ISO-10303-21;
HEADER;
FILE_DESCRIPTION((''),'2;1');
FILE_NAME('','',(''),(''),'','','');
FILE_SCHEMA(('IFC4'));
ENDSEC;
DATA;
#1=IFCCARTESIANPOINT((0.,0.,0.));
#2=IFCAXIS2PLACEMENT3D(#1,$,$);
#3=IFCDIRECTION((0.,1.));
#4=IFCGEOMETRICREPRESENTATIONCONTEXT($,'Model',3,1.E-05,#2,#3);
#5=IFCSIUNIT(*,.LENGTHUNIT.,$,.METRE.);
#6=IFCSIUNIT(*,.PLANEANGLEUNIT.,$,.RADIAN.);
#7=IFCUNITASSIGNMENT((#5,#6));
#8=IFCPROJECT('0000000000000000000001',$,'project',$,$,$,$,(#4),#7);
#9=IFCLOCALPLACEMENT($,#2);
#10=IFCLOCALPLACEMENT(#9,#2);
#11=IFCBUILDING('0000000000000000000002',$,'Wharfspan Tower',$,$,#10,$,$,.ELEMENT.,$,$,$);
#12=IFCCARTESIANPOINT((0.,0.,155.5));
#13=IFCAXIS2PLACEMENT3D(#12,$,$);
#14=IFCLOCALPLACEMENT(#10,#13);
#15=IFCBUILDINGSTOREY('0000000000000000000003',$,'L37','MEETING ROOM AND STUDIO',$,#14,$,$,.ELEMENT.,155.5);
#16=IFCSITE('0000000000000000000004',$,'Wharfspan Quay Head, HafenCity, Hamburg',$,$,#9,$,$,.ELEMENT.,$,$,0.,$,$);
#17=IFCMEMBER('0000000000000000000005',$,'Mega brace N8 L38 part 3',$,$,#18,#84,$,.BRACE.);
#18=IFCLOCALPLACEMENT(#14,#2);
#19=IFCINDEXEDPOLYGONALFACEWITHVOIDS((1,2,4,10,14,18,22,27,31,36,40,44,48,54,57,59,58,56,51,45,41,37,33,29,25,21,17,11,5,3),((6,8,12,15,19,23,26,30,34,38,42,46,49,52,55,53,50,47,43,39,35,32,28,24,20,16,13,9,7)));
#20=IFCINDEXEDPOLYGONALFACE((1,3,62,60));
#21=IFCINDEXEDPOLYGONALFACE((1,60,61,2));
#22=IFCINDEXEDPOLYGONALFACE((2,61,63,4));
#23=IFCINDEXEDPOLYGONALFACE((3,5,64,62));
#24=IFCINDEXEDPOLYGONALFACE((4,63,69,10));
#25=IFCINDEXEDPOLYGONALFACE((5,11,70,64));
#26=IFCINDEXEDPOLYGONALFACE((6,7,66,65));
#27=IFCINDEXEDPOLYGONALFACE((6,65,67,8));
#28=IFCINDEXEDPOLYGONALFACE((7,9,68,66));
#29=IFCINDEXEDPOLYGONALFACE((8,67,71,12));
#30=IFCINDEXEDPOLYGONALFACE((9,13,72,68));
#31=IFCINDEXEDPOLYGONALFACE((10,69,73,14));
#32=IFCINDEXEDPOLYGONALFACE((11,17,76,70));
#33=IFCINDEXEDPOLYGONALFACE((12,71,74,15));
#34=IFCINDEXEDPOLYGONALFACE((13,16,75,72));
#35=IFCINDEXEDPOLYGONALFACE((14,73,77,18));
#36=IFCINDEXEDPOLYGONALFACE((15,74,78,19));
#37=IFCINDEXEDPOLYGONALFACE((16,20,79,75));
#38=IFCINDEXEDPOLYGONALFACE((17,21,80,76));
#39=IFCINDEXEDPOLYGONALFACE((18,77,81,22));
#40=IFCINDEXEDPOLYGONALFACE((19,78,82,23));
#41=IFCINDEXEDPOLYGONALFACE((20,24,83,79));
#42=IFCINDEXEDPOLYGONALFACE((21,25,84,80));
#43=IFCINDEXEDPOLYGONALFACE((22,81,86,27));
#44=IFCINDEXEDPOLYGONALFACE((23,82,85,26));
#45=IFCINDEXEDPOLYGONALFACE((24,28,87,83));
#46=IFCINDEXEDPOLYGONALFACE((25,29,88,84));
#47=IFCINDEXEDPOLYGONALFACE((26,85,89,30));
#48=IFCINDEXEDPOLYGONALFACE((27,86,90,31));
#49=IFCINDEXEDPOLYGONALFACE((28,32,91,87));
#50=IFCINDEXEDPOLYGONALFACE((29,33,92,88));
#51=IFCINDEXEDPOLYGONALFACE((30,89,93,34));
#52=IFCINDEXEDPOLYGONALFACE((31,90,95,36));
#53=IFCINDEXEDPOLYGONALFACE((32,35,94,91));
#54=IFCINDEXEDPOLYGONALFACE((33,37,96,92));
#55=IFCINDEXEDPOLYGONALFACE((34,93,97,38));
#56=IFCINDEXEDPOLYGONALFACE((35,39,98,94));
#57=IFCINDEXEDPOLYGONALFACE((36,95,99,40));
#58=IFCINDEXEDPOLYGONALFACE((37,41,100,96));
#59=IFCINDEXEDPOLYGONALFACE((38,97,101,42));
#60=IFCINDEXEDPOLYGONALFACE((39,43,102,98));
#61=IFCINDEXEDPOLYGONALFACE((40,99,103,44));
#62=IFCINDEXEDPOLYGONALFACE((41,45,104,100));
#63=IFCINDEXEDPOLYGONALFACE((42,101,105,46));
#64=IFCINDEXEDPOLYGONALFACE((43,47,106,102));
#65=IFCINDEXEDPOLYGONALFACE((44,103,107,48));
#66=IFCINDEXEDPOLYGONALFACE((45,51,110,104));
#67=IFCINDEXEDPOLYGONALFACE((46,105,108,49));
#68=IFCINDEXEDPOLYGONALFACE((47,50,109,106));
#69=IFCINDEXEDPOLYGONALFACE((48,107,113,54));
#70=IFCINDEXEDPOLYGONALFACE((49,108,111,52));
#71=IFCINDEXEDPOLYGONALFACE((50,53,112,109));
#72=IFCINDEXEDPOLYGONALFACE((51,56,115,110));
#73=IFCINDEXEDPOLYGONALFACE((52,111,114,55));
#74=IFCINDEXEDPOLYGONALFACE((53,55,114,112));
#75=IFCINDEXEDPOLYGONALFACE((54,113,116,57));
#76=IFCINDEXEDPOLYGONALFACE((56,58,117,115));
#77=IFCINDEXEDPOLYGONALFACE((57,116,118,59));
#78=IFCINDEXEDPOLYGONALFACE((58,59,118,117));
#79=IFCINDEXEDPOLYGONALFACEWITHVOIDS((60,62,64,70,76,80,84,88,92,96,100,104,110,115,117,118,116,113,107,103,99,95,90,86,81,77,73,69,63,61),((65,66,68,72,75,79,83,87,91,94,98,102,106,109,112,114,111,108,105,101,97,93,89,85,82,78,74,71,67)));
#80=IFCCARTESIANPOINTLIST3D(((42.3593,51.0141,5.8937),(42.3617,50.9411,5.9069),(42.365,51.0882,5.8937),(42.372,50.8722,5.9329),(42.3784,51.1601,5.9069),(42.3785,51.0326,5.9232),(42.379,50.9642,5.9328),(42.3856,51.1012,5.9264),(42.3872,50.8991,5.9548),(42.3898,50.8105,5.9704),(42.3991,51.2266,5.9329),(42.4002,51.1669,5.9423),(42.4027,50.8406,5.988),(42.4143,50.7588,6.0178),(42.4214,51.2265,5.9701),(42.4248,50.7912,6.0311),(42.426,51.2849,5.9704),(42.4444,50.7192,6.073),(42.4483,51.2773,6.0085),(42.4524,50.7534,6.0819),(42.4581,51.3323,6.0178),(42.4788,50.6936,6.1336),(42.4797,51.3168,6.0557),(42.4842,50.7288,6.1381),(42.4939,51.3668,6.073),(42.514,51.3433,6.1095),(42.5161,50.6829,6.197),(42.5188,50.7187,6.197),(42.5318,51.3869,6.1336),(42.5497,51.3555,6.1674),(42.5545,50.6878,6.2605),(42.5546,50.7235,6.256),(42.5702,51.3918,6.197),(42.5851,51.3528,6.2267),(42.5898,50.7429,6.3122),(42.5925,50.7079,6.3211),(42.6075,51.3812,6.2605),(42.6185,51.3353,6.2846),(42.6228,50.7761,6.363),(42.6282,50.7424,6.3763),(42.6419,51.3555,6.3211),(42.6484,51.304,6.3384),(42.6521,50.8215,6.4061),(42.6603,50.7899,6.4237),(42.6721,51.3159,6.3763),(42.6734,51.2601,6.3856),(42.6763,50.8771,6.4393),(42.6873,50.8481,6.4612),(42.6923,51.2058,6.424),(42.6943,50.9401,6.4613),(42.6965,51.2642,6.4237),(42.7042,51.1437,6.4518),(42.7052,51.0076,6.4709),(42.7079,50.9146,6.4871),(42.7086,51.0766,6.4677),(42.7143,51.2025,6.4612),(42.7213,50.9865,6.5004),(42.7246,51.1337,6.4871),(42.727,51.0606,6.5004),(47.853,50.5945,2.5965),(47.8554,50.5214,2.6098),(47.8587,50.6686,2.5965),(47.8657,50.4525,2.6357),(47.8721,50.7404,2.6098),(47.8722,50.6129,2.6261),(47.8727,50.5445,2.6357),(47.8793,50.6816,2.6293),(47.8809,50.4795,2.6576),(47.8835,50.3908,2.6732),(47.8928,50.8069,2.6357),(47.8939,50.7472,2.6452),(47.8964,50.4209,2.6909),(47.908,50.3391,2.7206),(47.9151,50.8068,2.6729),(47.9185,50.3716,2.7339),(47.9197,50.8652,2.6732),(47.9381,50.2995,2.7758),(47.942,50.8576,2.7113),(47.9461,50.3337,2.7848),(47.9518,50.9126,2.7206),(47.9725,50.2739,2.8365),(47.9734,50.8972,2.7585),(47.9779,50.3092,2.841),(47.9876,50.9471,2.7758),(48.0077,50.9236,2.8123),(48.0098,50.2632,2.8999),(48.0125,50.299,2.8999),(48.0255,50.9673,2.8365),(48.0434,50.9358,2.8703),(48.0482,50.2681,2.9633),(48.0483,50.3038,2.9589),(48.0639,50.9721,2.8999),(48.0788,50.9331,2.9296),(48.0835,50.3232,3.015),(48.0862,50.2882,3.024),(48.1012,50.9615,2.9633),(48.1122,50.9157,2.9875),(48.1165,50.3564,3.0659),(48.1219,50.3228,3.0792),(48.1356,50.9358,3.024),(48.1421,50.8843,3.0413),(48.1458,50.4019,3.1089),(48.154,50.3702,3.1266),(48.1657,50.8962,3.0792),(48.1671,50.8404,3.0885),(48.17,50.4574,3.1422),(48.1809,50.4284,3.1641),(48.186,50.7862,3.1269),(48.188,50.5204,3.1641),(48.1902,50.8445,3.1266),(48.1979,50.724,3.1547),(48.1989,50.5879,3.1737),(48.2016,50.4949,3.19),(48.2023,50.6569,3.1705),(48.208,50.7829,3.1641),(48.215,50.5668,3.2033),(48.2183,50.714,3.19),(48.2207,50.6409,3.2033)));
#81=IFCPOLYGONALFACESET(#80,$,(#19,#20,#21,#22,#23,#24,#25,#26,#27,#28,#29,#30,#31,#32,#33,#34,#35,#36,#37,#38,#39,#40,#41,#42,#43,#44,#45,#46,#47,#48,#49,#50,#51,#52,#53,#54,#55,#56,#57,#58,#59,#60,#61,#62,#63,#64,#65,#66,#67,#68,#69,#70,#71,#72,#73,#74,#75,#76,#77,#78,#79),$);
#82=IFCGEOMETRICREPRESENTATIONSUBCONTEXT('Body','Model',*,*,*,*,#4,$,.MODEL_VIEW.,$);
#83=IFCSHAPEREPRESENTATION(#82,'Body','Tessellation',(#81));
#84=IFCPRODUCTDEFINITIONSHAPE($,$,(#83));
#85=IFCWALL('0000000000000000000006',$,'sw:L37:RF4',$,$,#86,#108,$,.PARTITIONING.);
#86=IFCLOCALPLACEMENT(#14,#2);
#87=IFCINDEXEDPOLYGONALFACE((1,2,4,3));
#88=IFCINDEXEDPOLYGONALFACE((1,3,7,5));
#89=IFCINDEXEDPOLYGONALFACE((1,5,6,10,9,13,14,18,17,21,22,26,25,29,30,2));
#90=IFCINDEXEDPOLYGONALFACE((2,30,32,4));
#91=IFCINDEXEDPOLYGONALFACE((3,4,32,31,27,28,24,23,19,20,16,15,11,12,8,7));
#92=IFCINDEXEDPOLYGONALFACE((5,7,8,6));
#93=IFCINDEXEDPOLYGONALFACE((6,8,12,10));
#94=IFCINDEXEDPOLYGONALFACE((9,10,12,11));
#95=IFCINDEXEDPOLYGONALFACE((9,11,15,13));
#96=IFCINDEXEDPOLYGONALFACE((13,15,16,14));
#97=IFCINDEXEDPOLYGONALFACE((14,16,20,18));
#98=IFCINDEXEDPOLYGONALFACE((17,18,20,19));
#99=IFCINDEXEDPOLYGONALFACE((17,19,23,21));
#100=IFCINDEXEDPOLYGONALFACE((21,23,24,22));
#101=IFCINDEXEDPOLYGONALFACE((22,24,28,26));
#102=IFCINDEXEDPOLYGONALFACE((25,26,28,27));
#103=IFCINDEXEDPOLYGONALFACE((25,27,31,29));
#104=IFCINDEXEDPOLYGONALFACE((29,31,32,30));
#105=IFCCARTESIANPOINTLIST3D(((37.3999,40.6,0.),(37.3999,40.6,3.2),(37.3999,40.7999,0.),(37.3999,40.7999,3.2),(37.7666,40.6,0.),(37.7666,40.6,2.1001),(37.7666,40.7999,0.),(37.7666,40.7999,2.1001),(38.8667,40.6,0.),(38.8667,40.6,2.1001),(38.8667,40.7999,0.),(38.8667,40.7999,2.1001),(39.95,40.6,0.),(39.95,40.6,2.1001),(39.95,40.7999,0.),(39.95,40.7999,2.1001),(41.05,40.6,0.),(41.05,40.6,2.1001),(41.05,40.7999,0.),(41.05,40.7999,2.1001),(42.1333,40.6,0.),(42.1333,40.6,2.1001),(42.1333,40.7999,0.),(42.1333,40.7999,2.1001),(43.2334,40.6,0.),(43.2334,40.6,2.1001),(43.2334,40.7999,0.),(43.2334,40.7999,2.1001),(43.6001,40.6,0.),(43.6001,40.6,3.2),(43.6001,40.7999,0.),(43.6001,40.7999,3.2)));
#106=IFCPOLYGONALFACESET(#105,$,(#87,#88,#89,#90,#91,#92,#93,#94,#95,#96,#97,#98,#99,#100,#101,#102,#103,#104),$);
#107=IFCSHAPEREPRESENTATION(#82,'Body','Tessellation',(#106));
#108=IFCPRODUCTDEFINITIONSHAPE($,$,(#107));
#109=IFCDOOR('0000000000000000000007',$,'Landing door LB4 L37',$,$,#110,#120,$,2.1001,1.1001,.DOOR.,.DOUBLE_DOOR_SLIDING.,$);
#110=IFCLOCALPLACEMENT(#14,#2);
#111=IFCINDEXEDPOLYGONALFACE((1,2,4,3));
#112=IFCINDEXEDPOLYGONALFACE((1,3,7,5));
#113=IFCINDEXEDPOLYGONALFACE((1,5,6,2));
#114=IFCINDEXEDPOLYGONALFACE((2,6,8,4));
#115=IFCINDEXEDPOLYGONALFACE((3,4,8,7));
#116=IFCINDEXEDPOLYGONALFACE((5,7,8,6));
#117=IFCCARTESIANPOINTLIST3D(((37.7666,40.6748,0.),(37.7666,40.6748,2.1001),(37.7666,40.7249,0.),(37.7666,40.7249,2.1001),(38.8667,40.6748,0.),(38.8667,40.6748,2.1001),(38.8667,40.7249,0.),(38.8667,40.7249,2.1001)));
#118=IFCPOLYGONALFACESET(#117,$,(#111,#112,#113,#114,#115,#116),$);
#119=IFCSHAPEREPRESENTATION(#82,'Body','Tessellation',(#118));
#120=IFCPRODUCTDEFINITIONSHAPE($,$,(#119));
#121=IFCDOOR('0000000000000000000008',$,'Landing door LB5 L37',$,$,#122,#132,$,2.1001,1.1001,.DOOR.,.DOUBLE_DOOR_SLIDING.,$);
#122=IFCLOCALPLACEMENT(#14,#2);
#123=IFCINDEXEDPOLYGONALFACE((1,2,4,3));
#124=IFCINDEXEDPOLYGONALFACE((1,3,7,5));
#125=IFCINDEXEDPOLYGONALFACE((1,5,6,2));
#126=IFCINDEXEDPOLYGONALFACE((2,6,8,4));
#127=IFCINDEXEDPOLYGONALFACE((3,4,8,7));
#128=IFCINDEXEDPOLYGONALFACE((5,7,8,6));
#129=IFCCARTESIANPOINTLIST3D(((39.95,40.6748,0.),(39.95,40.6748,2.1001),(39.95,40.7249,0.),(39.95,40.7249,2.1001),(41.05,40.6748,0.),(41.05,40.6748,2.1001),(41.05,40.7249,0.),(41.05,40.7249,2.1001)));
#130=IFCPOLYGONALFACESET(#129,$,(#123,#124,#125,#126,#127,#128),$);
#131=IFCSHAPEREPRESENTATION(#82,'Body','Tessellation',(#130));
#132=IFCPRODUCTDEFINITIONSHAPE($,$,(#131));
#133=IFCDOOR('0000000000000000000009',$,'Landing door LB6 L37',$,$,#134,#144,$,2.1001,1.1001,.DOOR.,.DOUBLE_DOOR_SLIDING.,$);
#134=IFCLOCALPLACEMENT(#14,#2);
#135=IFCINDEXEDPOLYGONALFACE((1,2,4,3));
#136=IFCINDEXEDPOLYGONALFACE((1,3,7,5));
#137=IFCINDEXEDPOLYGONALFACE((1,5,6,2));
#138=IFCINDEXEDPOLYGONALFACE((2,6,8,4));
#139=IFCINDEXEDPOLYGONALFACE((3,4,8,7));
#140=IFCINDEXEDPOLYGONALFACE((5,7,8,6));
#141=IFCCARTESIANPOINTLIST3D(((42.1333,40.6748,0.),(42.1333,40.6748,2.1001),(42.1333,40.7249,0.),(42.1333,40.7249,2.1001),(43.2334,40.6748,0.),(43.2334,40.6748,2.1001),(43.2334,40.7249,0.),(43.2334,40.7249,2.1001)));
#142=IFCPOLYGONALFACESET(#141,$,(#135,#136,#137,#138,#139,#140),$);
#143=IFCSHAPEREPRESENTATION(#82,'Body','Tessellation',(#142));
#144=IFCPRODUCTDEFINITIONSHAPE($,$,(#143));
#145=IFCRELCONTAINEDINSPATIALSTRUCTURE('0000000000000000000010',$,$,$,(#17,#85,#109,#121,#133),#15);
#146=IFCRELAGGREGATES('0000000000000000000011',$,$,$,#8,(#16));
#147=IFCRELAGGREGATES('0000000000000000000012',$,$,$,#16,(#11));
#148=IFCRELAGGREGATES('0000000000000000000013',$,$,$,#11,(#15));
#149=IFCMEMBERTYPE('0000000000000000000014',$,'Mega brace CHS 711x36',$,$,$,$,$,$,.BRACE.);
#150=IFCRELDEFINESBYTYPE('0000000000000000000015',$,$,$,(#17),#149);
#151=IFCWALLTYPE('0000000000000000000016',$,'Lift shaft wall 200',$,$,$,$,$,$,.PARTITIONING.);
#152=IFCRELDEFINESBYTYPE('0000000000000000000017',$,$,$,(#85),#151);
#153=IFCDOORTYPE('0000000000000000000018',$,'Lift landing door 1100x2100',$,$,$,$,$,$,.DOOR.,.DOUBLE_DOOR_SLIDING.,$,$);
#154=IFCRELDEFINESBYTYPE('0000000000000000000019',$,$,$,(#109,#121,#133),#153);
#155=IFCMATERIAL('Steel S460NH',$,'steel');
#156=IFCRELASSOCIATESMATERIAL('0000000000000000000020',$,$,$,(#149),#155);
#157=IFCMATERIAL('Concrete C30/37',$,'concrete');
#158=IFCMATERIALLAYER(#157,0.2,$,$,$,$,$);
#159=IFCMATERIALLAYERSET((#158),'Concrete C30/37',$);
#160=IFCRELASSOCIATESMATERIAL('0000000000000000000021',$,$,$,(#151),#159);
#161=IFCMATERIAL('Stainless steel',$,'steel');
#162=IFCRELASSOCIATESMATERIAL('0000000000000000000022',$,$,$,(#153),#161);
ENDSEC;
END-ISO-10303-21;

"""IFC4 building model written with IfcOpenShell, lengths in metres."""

from ifc_helpers import new_model, si_unit, direction, frame, frame_2d, origin, origin_2d, place, context, subcontext, project, spatial, rectangle, hollow_circle, extrude, material, layer, layer_set, material_profile, profile_set, type_object, element, fill, save


model = new_model("IFC4")

# Units and contexts
model_context = context("Model", 3, precision=1e-05, world=origin(), true_north=direction((0.0, 1.0)))
body_context = subcontext(model_context, "Body", "Model", "MODEL_VIEW")
ifc_project = project(units=[si_unit("LENGTHUNIT", "METRE"), si_unit("PLANEANGLEUNIT", "RADIAN")], contexts=[model_context])

# Site, building, storey
site_placement = place(None, origin())
site = spatial("IfcSite", under=ifc_project, at=site_placement, Name="Wharfspan Quay Head, HafenCity, Hamburg", CompositionType="ELEMENT", RefElevation=0.0)
building_placement = place(site_placement, origin())
building = spatial("IfcBuilding", under=site, at=building_placement, Name="Wharfspan Tower", CompositionType="ELEMENT")
storey_placement = place(building_placement, frame((0.0, 0.0, 155.5)))
storey = spatial("IfcBuildingStorey", under=building, at=storey_placement, Name="L37", Description="MEETING ROOM AND STUDIO", CompositionType="ELEMENT", Elevation=155.5)

# Member
ifc_material_1 = material(Name="Steel S460NH", Category="steel")
ifc_material_profile_1 = material_profile(ifc_material_1, hollow_circle(Radius=0.3555, WallThickness=0.0359, at=origin_2d()))
ifc_profile_set_1 = profile_set([ifc_material_profile_1], Name="Steel S460NH")
member_type_1 = type_object("IfcMemberType", Name="Mega brace CHS 711x36", PredefinedType="BRACE", material=ifc_profile_set_1)
for number, where, z_axis, x_axis, name in (
    (1, (48.0369, 50.6177, 2.8999), (-0.855596, 0.065362, 0.513502), (-0.076171, -0.997095, 0.000001), "Mega brace N8 L38 part 3"),
):
    element("IfcMember", number, at=place(storey_placement, frame(where, z_axis=z_axis, x_axis=x_axis)), inside=storey, type_object=member_type_1, Name=name, PredefinedType="BRACE", context=body_context, shape_type="SweptSolid", body=[
        extrude(hollow_circle(Radius=0.3555, WallThickness=0.0359, at=origin_2d()), origin(), (0.0, 0.0, 1.0), 6.4209),
    ])

# Wall, openings, doors
ifc_material_2 = material(Name="Concrete C30/37", Category="concrete")
ifc_layer_1 = layer(ifc_material_2, 0.2)
ifc_layer_set_1 = layer_set([ifc_layer_1], Name="Concrete C30/37")
wall_type_1 = type_object("IfcWallType", Name="Lift shaft wall 200", PredefinedType="PARTITIONING", material=ifc_layer_set_1)
wall_1_placement = place(storey_placement, frame((37.3999, 40.7, 0.0), z_axis=(0.0, 0.0, 1.0), x_axis=(1.0, 0.0, 0.0)))
wall_1 = element("IfcWall", 2, at=wall_1_placement, inside=storey, type_object=wall_type_1, Name="sw:L37:RF4", PredefinedType="PARTITIONING", context=body_context, shape_type="SweptSolid", body=[
    extrude(rectangle(XDim=6.2002, YDim=0.2, at=frame_2d((3.1001, 0.0))), origin(), (0.0, 0.0, 1.0), 3.2),
])
opening_1_placement = place(wall_1_placement, frame((0.3667, 0.0, 0.0)))
opening_1 = element("IfcOpeningElement", 3, at=opening_1_placement, cuts=wall_1, PredefinedType="OPENING", context=body_context, shape_type="SweptSolid", body=[
    extrude(rectangle(XDim=1.1001, YDim=2.1001, at=frame_2d((0.55, 1.05))), frame((0.0, 0.1099, 0.0), z_axis=(0.0, -1.0, 0.0), x_axis=(1.0, 0.0, 0.0)), (0.0, 0.0, 1.0), 0.22),
])
opening_2_placement = place(wall_1_placement, frame((2.55, 0.0, 0.0)))
opening_2 = element("IfcOpeningElement", 4, at=opening_2_placement, cuts=wall_1, PredefinedType="OPENING", context=body_context, shape_type="SweptSolid", body=[
    extrude(rectangle(XDim=1.1001, YDim=2.1001, at=frame_2d((0.55, 1.05))), frame((0.0, 0.1099, 0.0), z_axis=(0.0, -1.0, 0.0), x_axis=(1.0, 0.0, 0.0)), (0.0, 0.0, 1.0), 0.22),
])
opening_3_placement = place(wall_1_placement, frame((4.7334, 0.0, 0.0)))
opening_3 = element("IfcOpeningElement", 5, at=opening_3_placement, cuts=wall_1, PredefinedType="OPENING", context=body_context, shape_type="SweptSolid", body=[
    extrude(rectangle(XDim=1.1001, YDim=2.1001, at=frame_2d((0.55, 1.05))), frame((0.0, 0.1099, 0.0), z_axis=(0.0, -1.0, 0.0), x_axis=(1.0, 0.0, 0.0)), (0.0, 0.0, 1.0), 0.22),
])
ifc_material_3 = material(Name="Stainless steel", Category="steel")
door_type_1 = type_object("IfcDoorType", Name="Lift landing door 1100x2100", OperationType="DOUBLE_DOOR_SLIDING", PredefinedType="DOOR", material=ifc_material_3)
door_1_placement = place(opening_1_placement, origin())
door_1 = element("IfcDoor", 6, at=door_1_placement, inside=storey, type_object=door_type_1, Name="Landing door LB4 L37", OperationType="DOUBLE_DOOR_SLIDING", OverallHeight=2.1001, OverallWidth=1.1001, PredefinedType="DOOR", context=body_context, shape_type="SweptSolid", body=[
    extrude(rectangle(XDim=1.1001, YDim=2.1001, at=frame_2d((0.55, 1.05))), frame((0.0, 0.0249, 0.0), z_axis=(0.0, -1.0, 0.0), x_axis=(1.0, 0.0, 0.0)), (0.0, 0.0, 1.0), 0.05),
])
fill(opening_1, door_1)
door_2_placement = place(opening_2_placement, origin())
door_2 = element("IfcDoor", 7, at=door_2_placement, inside=storey, type_object=door_type_1, Name="Landing door LB5 L37", OperationType="DOUBLE_DOOR_SLIDING", OverallHeight=2.1001, OverallWidth=1.1001, PredefinedType="DOOR", context=body_context, shape_type="SweptSolid", body=[
    extrude(rectangle(XDim=1.1001, YDim=2.1001, at=frame_2d((0.55, 1.05))), frame((0.0, 0.0249, 0.0), z_axis=(0.0, -1.0, 0.0), x_axis=(1.0, 0.0, 0.0)), (0.0, 0.0, 1.0), 0.05),
])
fill(opening_2, door_2)
door_3_placement = place(opening_3_placement, origin())
door_3 = element("IfcDoor", 8, at=door_3_placement, inside=storey, type_object=door_type_1, Name="Landing door LB6 L37", OperationType="DOUBLE_DOOR_SLIDING", OverallHeight=2.1001, OverallWidth=1.1001, PredefinedType="DOOR", context=body_context, shape_type="SweptSolid", body=[
    extrude(rectangle(XDim=1.1001, YDim=2.1001, at=frame_2d((0.55, 1.05))), frame((0.0, 0.0249, 0.0), z_axis=(0.0, -1.0, 0.0), x_axis=(1.0, 0.0, 0.0)), (0.0, 0.0, 1.0), 0.05),
])
fill(opening_3, door_3)

save(model, "model.ifc")
